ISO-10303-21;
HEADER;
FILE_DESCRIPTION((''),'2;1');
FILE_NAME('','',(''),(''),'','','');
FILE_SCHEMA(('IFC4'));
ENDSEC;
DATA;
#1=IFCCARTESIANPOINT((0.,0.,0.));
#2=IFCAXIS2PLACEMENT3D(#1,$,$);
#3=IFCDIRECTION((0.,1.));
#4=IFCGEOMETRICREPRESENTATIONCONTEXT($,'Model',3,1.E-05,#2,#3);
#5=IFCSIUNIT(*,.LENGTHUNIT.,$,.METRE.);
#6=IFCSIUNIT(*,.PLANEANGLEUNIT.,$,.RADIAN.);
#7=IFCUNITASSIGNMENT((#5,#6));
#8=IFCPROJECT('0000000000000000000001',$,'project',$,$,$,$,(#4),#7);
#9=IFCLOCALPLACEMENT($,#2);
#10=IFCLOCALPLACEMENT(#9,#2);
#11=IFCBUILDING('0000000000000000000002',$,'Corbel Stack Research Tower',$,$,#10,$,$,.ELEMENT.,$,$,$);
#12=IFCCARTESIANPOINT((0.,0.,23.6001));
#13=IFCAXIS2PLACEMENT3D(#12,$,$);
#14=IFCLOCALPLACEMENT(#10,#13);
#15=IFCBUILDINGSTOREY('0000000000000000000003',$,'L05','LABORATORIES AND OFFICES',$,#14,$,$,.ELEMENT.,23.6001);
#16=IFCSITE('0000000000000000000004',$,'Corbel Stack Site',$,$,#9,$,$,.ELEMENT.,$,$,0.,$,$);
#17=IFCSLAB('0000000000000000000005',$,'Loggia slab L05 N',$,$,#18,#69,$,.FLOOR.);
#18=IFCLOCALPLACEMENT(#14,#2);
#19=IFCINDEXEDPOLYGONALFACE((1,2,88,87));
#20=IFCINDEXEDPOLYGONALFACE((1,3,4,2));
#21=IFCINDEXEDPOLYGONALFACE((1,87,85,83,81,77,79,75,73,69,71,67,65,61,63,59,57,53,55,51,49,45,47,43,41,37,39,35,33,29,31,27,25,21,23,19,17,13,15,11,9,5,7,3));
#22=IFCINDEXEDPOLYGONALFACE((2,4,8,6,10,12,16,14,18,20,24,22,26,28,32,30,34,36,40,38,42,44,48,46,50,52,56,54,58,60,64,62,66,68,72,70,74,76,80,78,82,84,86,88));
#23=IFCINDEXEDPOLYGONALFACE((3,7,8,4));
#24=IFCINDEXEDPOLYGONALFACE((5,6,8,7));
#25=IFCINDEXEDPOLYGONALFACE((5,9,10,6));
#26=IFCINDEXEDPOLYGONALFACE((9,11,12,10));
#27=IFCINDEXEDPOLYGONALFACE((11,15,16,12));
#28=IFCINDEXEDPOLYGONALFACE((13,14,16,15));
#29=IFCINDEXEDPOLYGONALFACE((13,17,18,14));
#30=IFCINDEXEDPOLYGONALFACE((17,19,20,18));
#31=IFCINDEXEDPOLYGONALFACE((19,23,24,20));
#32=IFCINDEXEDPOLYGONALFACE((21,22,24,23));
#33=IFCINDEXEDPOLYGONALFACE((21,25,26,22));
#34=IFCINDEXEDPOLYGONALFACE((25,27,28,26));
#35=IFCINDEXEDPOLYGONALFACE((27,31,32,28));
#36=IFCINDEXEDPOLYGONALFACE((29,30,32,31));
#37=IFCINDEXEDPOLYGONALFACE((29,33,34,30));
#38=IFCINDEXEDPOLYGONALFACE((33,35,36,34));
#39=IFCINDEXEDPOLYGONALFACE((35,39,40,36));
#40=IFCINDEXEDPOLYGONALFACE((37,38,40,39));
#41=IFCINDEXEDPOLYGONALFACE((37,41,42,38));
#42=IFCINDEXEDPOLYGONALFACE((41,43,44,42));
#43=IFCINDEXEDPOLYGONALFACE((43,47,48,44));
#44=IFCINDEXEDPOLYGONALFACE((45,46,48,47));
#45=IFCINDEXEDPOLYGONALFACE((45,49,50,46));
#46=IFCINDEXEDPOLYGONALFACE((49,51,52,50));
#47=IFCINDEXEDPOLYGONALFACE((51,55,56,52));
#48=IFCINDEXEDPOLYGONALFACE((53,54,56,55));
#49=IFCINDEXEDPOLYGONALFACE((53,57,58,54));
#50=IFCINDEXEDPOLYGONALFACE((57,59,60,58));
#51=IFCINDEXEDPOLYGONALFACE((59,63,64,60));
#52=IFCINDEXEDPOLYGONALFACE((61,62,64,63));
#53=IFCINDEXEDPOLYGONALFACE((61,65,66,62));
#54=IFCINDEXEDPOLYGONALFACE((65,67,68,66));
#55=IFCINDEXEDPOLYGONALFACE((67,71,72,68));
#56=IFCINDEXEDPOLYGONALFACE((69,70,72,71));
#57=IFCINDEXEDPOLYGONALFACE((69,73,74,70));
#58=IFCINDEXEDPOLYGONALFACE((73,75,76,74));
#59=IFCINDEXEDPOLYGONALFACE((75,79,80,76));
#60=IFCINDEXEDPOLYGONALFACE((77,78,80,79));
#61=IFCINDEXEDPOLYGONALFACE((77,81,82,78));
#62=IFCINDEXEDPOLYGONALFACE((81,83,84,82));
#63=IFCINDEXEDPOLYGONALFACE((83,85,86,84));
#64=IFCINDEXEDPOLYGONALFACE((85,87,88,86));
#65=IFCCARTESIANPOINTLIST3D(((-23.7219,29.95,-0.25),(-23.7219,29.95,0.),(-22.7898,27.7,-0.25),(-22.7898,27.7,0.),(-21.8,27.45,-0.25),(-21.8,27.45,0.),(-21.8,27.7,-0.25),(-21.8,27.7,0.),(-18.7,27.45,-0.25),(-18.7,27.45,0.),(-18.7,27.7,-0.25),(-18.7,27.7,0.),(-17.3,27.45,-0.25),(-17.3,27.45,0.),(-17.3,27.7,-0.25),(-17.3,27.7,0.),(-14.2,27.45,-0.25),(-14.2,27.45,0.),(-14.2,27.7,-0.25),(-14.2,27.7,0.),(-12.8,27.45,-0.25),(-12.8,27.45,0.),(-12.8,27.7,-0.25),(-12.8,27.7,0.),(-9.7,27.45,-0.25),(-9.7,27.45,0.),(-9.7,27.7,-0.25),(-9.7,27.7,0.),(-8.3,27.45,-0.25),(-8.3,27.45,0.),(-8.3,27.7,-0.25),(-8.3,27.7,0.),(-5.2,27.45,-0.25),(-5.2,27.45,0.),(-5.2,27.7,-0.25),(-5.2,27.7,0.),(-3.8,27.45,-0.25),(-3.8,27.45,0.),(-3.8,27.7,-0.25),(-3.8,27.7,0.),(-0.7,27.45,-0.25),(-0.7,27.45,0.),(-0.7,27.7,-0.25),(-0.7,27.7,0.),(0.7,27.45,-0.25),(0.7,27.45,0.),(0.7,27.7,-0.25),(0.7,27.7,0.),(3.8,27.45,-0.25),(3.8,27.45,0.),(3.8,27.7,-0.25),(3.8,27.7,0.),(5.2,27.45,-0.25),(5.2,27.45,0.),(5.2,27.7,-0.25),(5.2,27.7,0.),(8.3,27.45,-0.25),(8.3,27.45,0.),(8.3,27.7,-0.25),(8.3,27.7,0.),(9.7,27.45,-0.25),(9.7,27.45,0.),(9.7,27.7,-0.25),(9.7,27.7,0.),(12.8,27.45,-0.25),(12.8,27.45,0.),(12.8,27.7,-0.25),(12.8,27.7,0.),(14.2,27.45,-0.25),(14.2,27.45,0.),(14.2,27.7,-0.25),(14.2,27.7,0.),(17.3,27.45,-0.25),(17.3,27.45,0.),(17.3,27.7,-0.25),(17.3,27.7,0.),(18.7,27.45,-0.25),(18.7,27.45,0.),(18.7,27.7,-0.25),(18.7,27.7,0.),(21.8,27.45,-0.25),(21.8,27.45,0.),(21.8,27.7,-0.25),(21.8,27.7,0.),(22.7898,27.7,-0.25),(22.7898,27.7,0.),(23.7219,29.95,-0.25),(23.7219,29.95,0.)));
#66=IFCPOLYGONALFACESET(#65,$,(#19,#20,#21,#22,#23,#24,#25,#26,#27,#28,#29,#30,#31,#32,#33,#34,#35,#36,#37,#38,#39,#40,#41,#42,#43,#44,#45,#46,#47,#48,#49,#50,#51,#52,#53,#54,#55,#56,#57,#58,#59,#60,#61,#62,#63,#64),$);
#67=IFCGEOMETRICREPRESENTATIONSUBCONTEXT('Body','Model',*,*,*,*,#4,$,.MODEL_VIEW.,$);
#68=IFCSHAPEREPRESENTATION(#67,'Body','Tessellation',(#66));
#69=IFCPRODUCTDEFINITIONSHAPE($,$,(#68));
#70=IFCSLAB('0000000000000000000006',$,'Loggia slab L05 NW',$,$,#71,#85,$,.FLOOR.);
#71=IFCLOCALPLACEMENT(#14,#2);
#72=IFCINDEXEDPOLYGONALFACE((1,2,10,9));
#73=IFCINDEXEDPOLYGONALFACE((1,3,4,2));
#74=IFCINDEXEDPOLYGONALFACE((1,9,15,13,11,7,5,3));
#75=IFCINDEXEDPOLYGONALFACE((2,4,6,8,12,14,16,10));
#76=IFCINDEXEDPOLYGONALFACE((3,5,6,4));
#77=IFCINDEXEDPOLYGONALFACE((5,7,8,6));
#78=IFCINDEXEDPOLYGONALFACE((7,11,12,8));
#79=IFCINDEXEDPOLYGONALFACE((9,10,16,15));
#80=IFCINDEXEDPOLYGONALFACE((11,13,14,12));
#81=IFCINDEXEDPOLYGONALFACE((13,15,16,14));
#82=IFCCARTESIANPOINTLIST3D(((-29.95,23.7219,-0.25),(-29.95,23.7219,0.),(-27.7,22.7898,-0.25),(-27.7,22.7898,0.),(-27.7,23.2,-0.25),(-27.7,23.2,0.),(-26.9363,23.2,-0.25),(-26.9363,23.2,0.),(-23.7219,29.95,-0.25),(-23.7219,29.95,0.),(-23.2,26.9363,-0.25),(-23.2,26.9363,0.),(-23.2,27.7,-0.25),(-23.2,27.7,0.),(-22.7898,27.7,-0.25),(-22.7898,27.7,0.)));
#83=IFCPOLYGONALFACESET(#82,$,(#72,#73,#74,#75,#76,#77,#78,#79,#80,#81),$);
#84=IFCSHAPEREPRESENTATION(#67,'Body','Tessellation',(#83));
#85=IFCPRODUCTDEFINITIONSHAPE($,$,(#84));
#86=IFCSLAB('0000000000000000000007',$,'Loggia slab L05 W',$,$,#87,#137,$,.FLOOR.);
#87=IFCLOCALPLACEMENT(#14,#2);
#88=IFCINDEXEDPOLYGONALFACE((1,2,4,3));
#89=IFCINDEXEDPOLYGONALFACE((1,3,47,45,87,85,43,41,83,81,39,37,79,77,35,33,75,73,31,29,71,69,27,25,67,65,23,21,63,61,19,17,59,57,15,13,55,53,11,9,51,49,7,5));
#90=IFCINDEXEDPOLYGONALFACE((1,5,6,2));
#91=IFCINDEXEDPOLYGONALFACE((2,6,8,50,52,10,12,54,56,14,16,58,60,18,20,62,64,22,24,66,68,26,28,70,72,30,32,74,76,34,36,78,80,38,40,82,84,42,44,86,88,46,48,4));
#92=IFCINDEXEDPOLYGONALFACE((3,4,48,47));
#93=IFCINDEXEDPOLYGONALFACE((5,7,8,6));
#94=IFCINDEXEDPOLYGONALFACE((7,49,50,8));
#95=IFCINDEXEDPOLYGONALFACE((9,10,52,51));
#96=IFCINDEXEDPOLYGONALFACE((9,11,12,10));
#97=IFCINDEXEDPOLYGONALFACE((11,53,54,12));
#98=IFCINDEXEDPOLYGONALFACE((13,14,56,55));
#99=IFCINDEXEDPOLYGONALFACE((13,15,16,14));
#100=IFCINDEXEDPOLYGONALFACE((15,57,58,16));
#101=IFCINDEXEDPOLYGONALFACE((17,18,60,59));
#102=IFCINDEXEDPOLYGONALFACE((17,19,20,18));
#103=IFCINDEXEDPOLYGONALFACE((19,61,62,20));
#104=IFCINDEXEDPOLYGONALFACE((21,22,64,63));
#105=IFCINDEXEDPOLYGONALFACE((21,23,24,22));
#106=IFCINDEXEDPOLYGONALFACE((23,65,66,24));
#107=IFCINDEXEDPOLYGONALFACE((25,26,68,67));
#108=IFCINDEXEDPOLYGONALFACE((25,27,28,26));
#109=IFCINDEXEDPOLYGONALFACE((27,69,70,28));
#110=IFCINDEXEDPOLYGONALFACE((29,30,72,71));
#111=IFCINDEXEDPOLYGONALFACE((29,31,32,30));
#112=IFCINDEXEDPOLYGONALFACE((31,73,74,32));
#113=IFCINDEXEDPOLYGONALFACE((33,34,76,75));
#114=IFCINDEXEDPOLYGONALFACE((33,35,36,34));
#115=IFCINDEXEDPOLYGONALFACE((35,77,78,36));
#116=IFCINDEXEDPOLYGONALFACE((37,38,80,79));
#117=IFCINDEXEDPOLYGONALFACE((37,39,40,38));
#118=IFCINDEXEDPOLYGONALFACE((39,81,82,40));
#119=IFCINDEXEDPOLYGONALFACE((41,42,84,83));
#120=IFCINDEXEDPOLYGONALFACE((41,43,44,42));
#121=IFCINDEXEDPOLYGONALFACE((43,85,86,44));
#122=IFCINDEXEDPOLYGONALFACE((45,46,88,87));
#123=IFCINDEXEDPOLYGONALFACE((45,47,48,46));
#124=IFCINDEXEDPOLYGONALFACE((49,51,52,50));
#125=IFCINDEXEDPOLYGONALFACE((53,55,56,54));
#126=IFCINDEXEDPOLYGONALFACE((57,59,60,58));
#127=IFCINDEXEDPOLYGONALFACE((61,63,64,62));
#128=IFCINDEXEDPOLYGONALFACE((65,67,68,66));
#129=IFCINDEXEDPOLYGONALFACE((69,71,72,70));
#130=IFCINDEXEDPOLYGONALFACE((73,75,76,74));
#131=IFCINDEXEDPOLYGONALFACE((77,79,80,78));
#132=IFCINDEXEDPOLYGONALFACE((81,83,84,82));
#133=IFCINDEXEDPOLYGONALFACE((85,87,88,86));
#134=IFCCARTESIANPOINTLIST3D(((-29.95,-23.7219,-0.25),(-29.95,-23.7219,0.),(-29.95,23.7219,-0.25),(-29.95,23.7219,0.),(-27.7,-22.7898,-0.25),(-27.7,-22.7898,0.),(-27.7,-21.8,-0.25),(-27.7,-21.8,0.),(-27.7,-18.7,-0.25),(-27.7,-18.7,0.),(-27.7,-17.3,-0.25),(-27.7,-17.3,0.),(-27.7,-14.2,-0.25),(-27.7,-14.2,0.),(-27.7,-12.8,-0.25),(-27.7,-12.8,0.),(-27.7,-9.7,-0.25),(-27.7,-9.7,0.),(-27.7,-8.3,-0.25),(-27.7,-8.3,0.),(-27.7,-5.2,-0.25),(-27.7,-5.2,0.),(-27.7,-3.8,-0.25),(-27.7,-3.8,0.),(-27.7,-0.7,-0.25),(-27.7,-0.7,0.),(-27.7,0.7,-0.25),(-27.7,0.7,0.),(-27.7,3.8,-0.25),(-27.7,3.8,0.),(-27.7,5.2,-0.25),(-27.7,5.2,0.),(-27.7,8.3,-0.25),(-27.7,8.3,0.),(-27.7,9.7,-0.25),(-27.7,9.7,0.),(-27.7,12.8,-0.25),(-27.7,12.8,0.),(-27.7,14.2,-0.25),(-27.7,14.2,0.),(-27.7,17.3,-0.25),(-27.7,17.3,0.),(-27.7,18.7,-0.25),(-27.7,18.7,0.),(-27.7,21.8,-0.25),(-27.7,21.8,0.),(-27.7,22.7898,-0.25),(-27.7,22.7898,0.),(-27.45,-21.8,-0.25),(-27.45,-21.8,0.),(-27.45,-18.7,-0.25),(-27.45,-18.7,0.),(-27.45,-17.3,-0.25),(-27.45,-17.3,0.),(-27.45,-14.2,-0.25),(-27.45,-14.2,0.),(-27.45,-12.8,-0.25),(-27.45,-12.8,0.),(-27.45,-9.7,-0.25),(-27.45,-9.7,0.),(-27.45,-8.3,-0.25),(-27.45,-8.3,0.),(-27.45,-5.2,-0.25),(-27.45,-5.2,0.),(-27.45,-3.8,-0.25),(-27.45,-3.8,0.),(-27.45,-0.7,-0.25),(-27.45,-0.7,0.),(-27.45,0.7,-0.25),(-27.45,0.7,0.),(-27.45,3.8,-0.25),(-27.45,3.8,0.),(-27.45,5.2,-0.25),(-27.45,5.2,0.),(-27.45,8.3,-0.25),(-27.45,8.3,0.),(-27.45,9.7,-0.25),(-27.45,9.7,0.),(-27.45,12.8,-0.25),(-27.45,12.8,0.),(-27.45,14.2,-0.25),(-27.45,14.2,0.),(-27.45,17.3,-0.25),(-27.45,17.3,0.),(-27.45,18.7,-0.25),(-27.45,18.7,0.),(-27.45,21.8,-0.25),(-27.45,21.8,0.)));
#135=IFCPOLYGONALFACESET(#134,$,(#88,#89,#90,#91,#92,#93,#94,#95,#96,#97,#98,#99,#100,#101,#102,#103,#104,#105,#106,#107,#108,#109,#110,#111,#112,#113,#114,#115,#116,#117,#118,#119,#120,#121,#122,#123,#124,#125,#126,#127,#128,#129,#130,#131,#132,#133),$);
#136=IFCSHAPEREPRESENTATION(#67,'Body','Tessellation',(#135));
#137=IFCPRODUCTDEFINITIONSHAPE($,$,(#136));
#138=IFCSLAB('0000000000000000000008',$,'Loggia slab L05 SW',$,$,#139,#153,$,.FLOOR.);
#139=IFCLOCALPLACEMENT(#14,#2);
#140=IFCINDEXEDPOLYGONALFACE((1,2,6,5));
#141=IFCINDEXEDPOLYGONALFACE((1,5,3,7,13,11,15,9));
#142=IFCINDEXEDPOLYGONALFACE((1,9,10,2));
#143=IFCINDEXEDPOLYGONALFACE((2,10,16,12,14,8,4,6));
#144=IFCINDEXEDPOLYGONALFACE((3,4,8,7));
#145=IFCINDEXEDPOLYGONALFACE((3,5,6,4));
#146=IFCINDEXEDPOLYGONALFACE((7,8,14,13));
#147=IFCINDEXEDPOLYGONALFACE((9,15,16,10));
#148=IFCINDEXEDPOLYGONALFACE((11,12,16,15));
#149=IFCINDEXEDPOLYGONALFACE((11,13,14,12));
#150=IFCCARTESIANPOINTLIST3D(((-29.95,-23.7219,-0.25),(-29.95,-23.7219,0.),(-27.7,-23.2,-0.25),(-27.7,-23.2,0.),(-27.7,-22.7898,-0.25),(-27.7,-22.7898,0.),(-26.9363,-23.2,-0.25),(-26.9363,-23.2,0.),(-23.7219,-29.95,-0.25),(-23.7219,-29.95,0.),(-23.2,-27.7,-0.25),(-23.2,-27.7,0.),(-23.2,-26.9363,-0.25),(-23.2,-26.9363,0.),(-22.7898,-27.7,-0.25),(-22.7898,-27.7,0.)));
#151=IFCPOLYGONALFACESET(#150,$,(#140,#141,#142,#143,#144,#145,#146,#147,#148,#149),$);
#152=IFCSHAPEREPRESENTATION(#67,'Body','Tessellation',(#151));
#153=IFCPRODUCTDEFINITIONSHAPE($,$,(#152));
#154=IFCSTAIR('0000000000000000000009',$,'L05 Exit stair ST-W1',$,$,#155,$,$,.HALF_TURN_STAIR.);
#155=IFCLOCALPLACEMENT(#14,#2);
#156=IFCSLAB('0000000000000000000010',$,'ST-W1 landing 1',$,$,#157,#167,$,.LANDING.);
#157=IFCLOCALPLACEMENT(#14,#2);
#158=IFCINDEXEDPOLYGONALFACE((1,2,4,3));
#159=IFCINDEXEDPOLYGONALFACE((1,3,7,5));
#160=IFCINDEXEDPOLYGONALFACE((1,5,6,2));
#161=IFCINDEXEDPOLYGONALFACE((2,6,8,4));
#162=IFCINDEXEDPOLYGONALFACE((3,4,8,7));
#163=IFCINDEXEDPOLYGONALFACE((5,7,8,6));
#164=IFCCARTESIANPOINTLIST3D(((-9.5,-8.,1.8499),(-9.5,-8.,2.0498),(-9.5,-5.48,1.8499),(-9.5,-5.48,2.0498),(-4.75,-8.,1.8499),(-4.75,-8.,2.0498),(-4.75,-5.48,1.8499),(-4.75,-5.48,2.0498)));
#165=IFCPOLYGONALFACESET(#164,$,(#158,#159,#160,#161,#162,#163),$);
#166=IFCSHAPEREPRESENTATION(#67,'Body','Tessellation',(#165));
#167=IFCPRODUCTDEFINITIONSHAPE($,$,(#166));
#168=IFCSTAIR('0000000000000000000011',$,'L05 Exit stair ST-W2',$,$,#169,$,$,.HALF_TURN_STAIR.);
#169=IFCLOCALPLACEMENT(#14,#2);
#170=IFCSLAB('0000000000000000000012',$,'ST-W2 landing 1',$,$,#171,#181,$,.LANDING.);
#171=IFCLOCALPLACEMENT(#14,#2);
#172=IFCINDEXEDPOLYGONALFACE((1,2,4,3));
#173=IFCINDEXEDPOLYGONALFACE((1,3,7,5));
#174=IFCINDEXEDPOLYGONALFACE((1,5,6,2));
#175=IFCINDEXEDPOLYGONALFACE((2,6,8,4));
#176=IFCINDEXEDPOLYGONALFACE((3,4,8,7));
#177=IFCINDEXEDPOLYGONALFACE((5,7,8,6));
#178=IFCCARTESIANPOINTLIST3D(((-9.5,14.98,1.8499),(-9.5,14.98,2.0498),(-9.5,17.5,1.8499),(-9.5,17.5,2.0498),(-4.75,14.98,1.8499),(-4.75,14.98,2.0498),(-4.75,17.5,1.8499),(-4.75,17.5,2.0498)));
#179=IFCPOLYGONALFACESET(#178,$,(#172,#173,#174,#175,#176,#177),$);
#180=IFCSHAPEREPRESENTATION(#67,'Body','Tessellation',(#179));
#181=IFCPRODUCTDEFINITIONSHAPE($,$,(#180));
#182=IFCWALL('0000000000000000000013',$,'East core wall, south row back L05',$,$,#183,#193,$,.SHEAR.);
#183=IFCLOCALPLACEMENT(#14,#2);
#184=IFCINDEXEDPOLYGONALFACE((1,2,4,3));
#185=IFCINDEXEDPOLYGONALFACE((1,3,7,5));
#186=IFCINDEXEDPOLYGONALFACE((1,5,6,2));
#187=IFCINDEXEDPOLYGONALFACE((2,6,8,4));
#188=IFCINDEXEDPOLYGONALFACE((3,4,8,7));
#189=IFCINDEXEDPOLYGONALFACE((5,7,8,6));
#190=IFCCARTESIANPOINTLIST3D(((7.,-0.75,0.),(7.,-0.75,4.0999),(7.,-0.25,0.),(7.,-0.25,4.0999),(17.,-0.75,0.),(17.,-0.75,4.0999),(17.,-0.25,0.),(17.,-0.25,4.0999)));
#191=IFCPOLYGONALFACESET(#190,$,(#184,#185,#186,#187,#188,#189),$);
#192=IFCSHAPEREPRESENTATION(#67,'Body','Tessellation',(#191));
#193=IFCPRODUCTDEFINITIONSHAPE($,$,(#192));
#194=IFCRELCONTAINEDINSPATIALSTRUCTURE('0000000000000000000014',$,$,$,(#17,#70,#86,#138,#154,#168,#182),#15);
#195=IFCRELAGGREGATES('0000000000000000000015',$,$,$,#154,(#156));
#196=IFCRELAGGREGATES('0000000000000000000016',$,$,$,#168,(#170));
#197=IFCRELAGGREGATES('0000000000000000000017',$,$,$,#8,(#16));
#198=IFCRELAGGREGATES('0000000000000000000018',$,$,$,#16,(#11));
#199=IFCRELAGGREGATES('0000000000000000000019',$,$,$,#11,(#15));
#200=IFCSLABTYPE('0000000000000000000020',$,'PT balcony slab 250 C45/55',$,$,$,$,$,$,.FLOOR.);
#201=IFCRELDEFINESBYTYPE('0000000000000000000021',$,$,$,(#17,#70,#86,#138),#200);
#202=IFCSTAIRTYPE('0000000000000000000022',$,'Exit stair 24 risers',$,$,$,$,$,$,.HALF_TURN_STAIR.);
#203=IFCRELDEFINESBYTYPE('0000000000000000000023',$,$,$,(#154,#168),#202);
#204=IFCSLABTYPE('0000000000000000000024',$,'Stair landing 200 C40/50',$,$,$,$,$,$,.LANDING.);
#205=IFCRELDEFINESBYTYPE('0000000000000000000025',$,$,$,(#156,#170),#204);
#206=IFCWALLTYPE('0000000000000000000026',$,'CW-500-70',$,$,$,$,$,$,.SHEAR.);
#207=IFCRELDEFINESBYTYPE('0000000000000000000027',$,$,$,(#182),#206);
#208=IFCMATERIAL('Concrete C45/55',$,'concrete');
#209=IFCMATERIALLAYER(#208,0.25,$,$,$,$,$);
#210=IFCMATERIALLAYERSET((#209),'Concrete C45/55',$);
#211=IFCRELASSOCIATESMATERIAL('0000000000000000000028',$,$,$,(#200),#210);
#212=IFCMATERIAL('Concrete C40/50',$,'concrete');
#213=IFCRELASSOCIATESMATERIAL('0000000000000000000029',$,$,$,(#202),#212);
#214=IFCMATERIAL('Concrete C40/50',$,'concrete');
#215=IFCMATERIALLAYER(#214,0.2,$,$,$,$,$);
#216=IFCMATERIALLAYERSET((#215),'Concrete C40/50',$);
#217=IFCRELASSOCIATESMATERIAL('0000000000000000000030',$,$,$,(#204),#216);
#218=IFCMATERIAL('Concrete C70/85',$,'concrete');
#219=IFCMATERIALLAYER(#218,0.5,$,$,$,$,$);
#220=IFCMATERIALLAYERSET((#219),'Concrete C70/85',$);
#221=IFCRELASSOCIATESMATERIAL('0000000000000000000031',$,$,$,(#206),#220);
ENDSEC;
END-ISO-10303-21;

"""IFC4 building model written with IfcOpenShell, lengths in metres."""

from ifc_helpers import new_model, si_unit, direction, frame, frame_2d, origin, place, context, subcontext, project, spatial, polyline, rectangle, outline, extrude, material, layer, layer_set, type_object, element, aggregate, save


model = new_model("IFC4")

# Units and contexts
model_context = context("Model", 3, precision=1e-05, world=origin(), true_north=direction((0.0, 1.0)))
body_context = subcontext(model_context, "Body", "Model", "MODEL_VIEW")
ifc_project = project(units=[si_unit("LENGTHUNIT", "METRE"), si_unit("PLANEANGLEUNIT", "RADIAN")], contexts=[model_context])

# Site, building, storey
site_placement = place(None, origin())
site = spatial("IfcSite", under=ifc_project, at=site_placement, Name="Corbel Stack Site", CompositionType="ELEMENT", RefElevation=0.0)
building_placement = place(site_placement, origin())
building = spatial("IfcBuilding", under=site, at=building_placement, Name="Corbel Stack Research Tower", CompositionType="ELEMENT")
storey_placement = place(building_placement, frame((0.0, 0.0, 23.6001)))
storey = spatial("IfcBuildingStorey", under=building, at=storey_placement, Name="L05", Description="LABORATORIES AND OFFICES", CompositionType="ELEMENT", Elevation=23.6001)

# Slabs
ifc_material_1 = material(Name="Concrete C45/55", Category="concrete")
ifc_layer_1 = layer(ifc_material_1, 0.25)
ifc_layer_set_1 = layer_set([ifc_layer_1], Name="Concrete C45/55")
slab_type_1 = type_object("IfcSlabType", Name="PT balcony slab 250 C45/55", PredefinedType="FLOOR", material=ifc_layer_set_1)
slab_1_placement = place(storey_placement, frame((0.0, 0.0, -0.25)))
element("IfcSlab", 1, at=slab_1_placement, inside=storey, type_object=slab_type_1, Name="Loggia slab L05 N", PredefinedType="FLOOR", context=body_context, shape_type="SweptSolid", body=[
    extrude(outline(polyline([(-22.7898, 27.7), (-21.8, 27.7), (-21.8, 27.45), (-18.7, 27.45), (-18.7, 27.7), (-17.3, 27.7), (-17.3, 27.45), (-14.2, 27.45), (-14.2, 27.7), (-12.8, 27.7), (-12.8, 27.45), (-9.7, 27.45), (-9.7, 27.7), (-8.3, 27.7), (-8.3, 27.45), (-5.2, 27.45), (-5.2, 27.7), (-3.8, 27.7), (-3.8, 27.45), (-0.7, 27.45), (-0.7, 27.7), (0.7, 27.7), (0.7, 27.45), (3.8, 27.45), (3.8, 27.7), (5.2, 27.7), (5.2, 27.45), (8.3, 27.45), (8.3, 27.7), (9.7, 27.7), (9.7, 27.45), (12.8, 27.45), (12.8, 27.7), (14.2, 27.7), (14.2, 27.45), (17.3, 27.45), (17.3, 27.7), (18.7, 27.7), (18.7, 27.45), (21.8, 27.45), (21.8, 27.7), (22.7898, 27.7), (23.7219, 29.95), (-23.7219, 29.95), (-22.7898, 27.7)])), origin(), (0.0, 0.0, 1.0), 0.25),
])
slab_2_placement = place(storey_placement, frame((0.0, 0.0, -0.25)))
element("IfcSlab", 2, at=slab_2_placement, inside=storey, type_object=slab_type_1, Name="Loggia slab L05 NW", PredefinedType="FLOOR", context=body_context, shape_type="SweptSolid", body=[
    extrude(outline(polyline([(-27.7, 22.7898), (-27.7, 23.2), (-26.9363, 23.2), (-23.2, 26.9363), (-23.2, 27.7), (-22.7898, 27.7), (-23.7219, 29.95), (-29.95, 23.7219), (-27.7, 22.7898)])), origin(), (0.0, 0.0, 1.0), 0.25),
])
slab_3_placement = place(storey_placement, frame((0.0, 0.0, -0.25)))
element("IfcSlab", 3, at=slab_3_placement, inside=storey, type_object=slab_type_1, Name="Loggia slab L05 W", PredefinedType="FLOOR", context=body_context, shape_type="SweptSolid", body=[
    extrude(outline(polyline([(-27.7, -22.7898), (-27.7, -21.8), (-27.45, -21.8), (-27.45, -18.7), (-27.7, -18.7), (-27.7, -17.3), (-27.45, -17.3), (-27.45, -14.2), (-27.7, -14.2), (-27.7, -12.8), (-27.45, -12.8), (-27.45, -9.7), (-27.7, -9.7), (-27.7, -8.3), (-27.45, -8.3), (-27.45, -5.2), (-27.7, -5.2), (-27.7, -3.8), (-27.45, -3.8), (-27.45, -0.7), (-27.7, -0.7), (-27.7, 0.7), (-27.45, 0.7), (-27.45, 3.8), (-27.7, 3.8), (-27.7, 5.2), (-27.45, 5.2), (-27.45, 8.3), (-27.7, 8.3), (-27.7, 9.7), (-27.45, 9.7), (-27.45, 12.8), (-27.7, 12.8), (-27.7, 14.2), (-27.45, 14.2), (-27.45, 17.3), (-27.7, 17.3), (-27.7, 18.7), (-27.45, 18.7), (-27.45, 21.8), (-27.7, 21.8), (-27.7, 22.7898), (-29.95, 23.7219), (-29.95, -23.7219), (-27.7, -22.7898)])), origin(), (0.0, 0.0, 1.0), 0.25),
])
slab_4_placement = place(storey_placement, frame((0.0, 0.0, -0.25)))
element("IfcSlab", 4, at=slab_4_placement, inside=storey, type_object=slab_type_1, Name="Loggia slab L05 SW", PredefinedType="FLOOR", context=body_context, shape_type="SweptSolid", body=[
    extrude(outline(polyline([(-22.7898, -27.7), (-23.2, -27.7), (-23.2, -26.9363), (-26.9363, -23.2), (-27.7, -23.2), (-27.7, -22.7898), (-29.95, -23.7219), (-23.7219, -29.95), (-22.7898, -27.7)])), origin(), (0.0, 0.0, 1.0), 0.25),
])

# Stairs, slabs
ifc_material_2 = material(Name="Concrete C40/50", Category="concrete")
stair_type = type_object("IfcStairType", Name="Exit stair 24 risers", PredefinedType="HALF_TURN_STAIR", material=ifc_material_2)
stair_1_placement = place(storey_placement, origin())
stair_1 = element("IfcStair", 5, at=stair_1_placement, inside=storey, type_object=stair_type, Name="L05 Exit stair ST-W1", PredefinedType="HALF_TURN_STAIR")
ifc_material_3 = material(Name="Concrete C40/50", Category="concrete")
ifc_layer_2 = layer(ifc_material_3, 0.2)
ifc_layer_set_2 = layer_set([ifc_layer_2], Name="Concrete C40/50")
slab_type_2 = type_object("IfcSlabType", Name="Stair landing 200 C40/50", PredefinedType="LANDING", material=ifc_layer_set_2)
slab_5_placement = place(storey_placement, frame((0.0, 0.0, 1.8499)))
slab_5 = element("IfcSlab", 6, at=slab_5_placement, type_object=slab_type_2, Name="ST-W1 landing 1", PredefinedType="LANDING", context=body_context, shape_type="SweptSolid", body=[
    extrude(outline(polyline([(-9.5, -8.0), (-9.5, -5.48), (-4.75, -5.48), (-4.75, -8.0), (-9.5, -8.0)])), origin(), (0.0, 0.0, 1.0), 0.2),
])
aggregate(stair_1, [slab_5])
stair_2_placement = place(storey_placement, origin())
stair_2 = element("IfcStair", 7, at=stair_2_placement, inside=storey, type_object=stair_type, Name="L05 Exit stair ST-W2", PredefinedType="HALF_TURN_STAIR")
slab_6_placement = place(storey_placement, frame((0.0, 0.0, 1.8499)))
slab_6 = element("IfcSlab", 8, at=slab_6_placement, type_object=slab_type_2, Name="ST-W2 landing 1", PredefinedType="LANDING", context=body_context, shape_type="SweptSolid", body=[
    extrude(outline(polyline([(-9.5, 14.98), (-9.5, 17.5), (-4.75, 17.5), (-4.75, 14.98), (-9.5, 14.98)])), origin(), (0.0, 0.0, 1.0), 0.2),
])
aggregate(stair_2, [slab_6])

# Wall
ifc_material_4 = material(Name="Concrete C70/85", Category="concrete")
ifc_layer_3 = layer(ifc_material_4, 0.5)
ifc_layer_set_3 = layer_set([ifc_layer_3], Name="Concrete C70/85")
wall_type_1 = type_object("IfcWallType", Name="CW-500-70", PredefinedType="SHEAR", material=ifc_layer_set_3)
wall_1_placement = place(storey_placement, frame((7.0, -0.5, 0.0), z_axis=(0.0, 0.0, 1.0), x_axis=(1.0, 0.0, 0.0)))
element("IfcWall", 9, at=wall_1_placement, inside=storey, type_object=wall_type_1, Name="East core wall, south row back L05", PredefinedType="SHEAR", context=body_context, shape_type="SweptSolid", body=[
    extrude(rectangle(XDim=10.0, YDim=0.5, at=frame_2d((5.0, 0.0))), origin(), (0.0, 0.0, 1.0), 4.0999),
])

save(model, "model.ifc")
